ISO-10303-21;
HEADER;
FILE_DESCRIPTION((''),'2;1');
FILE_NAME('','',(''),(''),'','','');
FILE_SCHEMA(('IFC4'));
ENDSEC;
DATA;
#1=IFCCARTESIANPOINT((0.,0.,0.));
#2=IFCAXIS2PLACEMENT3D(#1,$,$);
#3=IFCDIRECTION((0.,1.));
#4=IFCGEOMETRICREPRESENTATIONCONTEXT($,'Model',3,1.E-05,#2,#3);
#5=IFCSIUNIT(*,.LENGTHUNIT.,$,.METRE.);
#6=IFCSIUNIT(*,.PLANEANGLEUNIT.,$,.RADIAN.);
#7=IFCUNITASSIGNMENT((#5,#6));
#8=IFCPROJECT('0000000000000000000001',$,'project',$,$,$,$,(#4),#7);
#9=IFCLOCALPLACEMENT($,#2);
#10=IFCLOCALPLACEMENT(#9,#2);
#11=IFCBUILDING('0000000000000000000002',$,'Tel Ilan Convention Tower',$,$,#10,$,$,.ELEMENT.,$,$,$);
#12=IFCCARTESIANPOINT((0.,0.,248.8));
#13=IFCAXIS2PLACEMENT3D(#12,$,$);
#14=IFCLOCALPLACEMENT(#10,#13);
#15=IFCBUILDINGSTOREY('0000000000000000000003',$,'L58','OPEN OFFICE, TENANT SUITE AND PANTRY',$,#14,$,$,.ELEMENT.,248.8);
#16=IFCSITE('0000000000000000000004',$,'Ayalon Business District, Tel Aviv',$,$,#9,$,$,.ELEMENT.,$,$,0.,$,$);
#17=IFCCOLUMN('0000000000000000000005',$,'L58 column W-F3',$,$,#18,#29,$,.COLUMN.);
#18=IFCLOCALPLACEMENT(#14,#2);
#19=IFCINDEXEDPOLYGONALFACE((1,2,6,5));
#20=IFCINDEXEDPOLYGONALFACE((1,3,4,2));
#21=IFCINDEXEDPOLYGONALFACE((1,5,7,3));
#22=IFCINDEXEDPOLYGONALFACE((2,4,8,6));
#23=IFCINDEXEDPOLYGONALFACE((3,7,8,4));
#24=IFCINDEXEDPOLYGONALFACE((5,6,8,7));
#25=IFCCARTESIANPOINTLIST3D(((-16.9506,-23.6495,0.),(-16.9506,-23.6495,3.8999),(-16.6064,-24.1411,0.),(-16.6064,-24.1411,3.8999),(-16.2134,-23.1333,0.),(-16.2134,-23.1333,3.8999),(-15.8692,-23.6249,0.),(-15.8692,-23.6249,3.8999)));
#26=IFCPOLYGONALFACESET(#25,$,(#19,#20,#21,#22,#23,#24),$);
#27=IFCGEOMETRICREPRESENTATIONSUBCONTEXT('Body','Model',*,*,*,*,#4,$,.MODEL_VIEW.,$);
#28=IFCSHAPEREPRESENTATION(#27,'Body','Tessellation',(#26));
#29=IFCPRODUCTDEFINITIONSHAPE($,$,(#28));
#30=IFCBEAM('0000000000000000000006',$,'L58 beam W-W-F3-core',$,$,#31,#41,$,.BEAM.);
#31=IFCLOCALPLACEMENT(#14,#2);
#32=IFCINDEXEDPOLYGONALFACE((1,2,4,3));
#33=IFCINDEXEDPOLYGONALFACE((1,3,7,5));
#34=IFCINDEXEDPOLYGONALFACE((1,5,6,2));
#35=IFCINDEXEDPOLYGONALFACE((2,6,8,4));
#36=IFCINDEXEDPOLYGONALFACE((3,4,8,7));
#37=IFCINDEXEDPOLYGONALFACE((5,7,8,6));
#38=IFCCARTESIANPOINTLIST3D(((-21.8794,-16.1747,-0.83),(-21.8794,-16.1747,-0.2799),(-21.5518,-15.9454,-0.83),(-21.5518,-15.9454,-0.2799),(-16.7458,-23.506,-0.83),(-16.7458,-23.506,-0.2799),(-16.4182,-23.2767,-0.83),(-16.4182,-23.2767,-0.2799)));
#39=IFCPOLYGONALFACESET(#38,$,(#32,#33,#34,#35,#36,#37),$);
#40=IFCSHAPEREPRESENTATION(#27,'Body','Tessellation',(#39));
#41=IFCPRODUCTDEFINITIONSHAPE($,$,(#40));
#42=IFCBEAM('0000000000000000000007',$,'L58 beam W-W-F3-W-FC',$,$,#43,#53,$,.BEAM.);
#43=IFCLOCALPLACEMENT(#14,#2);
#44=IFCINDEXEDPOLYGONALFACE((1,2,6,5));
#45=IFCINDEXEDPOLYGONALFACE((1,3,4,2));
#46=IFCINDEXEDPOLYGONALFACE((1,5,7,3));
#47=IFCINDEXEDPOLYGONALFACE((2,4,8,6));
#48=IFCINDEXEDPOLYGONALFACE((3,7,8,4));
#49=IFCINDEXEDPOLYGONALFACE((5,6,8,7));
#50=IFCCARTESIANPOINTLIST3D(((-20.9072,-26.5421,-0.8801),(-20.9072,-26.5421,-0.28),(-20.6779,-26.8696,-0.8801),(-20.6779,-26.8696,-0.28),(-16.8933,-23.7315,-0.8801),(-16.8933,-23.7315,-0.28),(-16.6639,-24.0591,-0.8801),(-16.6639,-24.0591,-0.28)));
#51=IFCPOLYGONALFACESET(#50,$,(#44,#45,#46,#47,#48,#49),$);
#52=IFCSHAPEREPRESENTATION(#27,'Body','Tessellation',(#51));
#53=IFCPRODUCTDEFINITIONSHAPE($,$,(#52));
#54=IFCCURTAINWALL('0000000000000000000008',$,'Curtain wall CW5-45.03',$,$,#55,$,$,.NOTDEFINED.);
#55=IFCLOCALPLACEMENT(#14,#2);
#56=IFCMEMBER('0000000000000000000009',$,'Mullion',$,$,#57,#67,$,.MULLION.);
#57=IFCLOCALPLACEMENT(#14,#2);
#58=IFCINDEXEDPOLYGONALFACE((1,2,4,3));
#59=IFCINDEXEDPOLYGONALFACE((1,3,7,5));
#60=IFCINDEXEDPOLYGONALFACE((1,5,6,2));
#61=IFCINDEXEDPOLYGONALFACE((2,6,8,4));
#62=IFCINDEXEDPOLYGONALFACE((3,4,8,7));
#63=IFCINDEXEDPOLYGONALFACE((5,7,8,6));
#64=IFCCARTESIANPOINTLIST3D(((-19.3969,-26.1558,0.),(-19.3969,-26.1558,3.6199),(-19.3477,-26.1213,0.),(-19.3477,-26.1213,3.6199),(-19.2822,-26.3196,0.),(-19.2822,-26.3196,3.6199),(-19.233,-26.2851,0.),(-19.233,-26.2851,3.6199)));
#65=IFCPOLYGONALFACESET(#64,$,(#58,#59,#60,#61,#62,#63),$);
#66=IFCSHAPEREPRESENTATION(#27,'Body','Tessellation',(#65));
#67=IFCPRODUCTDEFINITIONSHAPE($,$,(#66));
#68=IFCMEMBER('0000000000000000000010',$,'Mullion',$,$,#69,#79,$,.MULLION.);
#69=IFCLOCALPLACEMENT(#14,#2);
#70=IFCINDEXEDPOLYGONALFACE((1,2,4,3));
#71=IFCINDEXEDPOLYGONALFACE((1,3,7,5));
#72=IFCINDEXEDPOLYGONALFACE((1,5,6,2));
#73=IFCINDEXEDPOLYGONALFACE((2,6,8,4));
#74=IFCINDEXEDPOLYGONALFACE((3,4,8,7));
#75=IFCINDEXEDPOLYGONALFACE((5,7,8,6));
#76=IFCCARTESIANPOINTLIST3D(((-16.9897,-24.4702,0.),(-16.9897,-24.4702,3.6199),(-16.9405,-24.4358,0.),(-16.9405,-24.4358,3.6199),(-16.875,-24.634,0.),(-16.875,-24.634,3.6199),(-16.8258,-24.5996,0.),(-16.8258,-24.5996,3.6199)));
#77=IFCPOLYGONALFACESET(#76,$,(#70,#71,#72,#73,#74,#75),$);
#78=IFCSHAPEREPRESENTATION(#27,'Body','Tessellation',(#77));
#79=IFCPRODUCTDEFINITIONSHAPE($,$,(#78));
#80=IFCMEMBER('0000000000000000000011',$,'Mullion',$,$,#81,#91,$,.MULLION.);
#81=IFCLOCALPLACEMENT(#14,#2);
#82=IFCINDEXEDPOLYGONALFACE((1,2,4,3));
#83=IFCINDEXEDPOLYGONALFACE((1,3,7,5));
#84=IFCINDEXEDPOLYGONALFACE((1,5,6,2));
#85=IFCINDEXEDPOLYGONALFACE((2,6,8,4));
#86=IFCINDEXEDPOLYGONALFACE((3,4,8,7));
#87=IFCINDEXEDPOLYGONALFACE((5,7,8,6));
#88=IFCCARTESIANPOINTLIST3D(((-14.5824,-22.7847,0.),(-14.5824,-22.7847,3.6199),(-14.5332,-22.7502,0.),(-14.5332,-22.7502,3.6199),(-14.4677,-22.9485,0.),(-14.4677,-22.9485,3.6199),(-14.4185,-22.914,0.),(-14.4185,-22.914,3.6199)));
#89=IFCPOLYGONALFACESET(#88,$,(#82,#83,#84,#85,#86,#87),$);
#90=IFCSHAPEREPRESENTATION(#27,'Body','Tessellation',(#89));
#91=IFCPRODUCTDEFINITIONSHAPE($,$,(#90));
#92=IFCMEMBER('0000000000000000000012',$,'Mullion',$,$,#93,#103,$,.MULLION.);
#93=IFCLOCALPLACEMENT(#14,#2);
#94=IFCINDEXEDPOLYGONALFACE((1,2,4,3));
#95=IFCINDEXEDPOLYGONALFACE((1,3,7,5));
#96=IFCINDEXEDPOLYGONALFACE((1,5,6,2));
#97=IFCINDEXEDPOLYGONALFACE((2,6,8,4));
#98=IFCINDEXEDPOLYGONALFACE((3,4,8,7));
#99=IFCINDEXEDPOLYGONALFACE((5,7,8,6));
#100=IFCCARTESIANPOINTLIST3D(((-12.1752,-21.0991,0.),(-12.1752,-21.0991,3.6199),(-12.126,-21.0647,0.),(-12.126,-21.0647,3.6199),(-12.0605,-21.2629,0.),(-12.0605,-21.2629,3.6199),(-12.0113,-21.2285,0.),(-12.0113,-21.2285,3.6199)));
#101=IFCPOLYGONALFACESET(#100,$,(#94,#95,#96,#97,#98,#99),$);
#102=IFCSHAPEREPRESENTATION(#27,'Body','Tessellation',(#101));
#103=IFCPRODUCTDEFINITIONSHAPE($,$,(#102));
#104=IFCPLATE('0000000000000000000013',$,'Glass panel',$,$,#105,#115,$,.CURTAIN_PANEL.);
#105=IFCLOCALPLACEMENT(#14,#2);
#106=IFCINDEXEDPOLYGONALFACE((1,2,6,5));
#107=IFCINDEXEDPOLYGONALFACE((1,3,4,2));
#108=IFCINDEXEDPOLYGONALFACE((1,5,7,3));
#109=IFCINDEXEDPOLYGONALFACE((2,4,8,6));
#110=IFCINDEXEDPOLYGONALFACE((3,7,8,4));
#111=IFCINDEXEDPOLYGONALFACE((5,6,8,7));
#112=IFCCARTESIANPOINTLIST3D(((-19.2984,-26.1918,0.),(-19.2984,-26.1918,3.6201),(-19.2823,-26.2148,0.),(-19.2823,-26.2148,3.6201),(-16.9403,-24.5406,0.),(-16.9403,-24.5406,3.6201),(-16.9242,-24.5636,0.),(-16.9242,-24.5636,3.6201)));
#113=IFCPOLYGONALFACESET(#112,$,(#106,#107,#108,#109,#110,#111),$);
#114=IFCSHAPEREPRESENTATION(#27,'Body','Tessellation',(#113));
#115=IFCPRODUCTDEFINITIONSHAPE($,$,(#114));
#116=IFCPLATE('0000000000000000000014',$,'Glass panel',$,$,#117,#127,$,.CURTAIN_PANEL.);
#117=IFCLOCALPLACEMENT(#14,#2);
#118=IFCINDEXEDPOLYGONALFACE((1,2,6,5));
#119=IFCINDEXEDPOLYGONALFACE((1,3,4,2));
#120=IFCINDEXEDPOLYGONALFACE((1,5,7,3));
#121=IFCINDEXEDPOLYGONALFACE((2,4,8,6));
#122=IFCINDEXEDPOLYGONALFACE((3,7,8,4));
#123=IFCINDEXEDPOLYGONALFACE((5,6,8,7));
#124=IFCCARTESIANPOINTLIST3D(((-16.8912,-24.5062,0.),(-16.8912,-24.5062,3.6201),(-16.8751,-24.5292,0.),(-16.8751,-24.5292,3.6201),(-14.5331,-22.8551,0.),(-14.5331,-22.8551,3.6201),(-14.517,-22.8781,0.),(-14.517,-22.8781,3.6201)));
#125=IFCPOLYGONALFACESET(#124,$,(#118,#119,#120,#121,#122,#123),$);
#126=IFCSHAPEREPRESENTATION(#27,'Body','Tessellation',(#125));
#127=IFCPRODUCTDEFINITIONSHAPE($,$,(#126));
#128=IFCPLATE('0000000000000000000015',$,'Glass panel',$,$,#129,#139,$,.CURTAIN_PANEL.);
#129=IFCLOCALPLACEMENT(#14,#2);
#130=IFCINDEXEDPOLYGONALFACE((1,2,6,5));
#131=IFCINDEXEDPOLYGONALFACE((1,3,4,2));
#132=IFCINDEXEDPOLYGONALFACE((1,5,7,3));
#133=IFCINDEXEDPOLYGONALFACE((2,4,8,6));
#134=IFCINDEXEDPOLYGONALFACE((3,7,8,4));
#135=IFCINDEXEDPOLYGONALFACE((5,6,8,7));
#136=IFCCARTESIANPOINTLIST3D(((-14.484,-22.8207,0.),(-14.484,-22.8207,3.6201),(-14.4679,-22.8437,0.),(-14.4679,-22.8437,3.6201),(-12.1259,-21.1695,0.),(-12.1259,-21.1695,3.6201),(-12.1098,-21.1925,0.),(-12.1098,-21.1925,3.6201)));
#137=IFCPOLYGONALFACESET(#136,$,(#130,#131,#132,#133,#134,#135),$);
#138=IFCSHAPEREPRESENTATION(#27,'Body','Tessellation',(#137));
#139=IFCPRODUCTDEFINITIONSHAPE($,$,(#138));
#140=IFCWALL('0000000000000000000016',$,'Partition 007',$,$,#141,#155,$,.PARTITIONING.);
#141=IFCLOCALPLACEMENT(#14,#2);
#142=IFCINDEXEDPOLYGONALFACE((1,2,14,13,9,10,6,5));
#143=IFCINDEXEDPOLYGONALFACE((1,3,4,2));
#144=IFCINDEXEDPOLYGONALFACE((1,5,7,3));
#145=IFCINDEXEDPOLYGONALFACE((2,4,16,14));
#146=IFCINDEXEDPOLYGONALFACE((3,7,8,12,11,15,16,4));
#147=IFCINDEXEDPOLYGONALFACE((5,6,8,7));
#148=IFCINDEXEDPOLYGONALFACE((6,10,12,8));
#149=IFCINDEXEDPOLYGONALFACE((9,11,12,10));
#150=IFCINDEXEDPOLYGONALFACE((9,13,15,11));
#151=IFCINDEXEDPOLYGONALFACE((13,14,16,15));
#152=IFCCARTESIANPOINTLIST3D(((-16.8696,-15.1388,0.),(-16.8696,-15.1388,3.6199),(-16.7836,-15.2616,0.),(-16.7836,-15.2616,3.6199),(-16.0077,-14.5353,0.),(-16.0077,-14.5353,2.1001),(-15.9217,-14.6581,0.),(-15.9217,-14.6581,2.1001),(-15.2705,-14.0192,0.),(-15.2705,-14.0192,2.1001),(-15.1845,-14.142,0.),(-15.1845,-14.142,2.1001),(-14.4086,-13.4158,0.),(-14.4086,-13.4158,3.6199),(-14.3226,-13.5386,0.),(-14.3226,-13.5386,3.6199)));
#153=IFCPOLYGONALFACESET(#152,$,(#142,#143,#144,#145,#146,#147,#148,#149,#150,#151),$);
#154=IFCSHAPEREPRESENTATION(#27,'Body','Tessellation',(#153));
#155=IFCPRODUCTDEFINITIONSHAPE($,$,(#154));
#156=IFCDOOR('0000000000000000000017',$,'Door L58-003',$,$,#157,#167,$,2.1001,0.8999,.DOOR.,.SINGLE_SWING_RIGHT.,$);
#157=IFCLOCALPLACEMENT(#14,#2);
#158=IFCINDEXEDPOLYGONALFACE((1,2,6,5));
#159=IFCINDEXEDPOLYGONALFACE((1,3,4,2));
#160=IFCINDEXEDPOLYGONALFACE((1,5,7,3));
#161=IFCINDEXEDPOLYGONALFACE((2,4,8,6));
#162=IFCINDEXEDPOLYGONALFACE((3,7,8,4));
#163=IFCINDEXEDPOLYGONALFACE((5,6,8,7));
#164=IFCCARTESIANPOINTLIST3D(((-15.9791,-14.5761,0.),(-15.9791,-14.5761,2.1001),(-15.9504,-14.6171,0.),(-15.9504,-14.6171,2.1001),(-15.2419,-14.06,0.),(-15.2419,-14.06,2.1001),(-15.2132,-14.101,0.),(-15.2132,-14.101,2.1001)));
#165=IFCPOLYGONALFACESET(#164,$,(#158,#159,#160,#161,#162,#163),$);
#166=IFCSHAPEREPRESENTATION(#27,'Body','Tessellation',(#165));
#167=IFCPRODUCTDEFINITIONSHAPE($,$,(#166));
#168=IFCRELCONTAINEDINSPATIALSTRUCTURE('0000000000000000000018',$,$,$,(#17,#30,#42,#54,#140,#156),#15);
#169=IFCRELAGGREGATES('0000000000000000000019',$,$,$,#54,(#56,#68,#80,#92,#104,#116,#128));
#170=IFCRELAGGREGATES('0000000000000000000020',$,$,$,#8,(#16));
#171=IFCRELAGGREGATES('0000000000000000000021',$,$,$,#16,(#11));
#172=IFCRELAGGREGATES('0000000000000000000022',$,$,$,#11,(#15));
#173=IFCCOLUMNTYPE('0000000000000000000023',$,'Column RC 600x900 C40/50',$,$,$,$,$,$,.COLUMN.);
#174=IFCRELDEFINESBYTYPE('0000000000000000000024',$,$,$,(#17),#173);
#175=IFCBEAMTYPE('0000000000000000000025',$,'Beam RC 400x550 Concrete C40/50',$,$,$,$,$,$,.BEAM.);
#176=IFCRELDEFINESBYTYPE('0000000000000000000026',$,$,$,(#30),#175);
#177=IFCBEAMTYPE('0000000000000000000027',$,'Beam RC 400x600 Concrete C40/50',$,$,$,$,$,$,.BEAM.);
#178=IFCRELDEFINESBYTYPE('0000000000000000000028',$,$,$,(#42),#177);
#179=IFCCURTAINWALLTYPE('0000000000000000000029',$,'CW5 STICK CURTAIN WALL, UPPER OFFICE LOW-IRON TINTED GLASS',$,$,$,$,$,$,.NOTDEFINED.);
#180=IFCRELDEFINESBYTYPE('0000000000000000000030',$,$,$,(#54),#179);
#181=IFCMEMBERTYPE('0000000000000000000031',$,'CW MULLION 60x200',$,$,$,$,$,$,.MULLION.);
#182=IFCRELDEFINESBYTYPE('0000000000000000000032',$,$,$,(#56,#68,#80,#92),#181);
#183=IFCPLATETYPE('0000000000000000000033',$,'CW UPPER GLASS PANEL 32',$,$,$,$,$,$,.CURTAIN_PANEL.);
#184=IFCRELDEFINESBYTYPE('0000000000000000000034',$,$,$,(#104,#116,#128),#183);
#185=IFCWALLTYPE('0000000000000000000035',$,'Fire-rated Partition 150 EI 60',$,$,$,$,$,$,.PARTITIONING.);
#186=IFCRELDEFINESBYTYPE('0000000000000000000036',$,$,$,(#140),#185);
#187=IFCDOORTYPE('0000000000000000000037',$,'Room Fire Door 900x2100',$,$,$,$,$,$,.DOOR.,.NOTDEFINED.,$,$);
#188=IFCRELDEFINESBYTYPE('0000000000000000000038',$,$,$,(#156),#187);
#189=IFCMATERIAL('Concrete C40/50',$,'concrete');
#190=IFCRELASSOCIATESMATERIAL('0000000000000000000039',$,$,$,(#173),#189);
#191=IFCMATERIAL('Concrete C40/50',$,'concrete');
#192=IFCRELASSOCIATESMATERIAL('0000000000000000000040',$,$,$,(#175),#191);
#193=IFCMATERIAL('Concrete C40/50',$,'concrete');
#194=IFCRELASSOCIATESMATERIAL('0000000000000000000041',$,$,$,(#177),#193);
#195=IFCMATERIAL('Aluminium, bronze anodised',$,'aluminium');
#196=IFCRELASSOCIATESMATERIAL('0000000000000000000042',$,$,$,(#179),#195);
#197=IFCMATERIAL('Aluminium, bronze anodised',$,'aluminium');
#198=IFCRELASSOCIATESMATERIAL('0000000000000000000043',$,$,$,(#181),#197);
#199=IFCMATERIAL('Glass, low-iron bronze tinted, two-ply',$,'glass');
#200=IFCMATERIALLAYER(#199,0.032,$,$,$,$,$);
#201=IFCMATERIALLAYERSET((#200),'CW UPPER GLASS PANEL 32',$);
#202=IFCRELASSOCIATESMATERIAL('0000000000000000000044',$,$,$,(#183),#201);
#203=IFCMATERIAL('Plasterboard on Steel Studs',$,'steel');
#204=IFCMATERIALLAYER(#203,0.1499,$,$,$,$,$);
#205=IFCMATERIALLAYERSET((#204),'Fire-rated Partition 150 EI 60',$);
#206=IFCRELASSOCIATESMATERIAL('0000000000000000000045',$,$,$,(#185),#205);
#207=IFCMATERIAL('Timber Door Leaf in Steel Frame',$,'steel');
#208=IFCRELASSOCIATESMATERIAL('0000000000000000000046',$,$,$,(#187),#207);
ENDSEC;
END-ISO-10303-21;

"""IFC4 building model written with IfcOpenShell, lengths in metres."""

from ifc_helpers import new_model, si_unit, direction, frame, frame_2d, origin, origin_2d, place, context, subcontext, project, spatial, rectangle, extrude, material, layer, layer_set, material_profile, profile_set, type_object, element, fill, aggregate, save


model = new_model("IFC4")

# Units and contexts
model_context = context("Model", 3, precision=1e-05, world=origin(), true_north=direction((0.0, 1.0)))
body_context = subcontext(model_context, "Body", "Model", "MODEL_VIEW")
ifc_project = project(units=[si_unit("LENGTHUNIT", "METRE"), si_unit("PLANEANGLEUNIT", "RADIAN")], contexts=[model_context])

# Site, building, storey
site_placement = place(None, origin())
site = spatial("IfcSite", under=ifc_project, at=site_placement, Name="Ayalon Business District, Tel Aviv", CompositionType="ELEMENT", RefElevation=0.0)
building_placement = place(site_placement, origin())
building = spatial("IfcBuilding", under=site, at=building_placement, Name="Tel Ilan Convention Tower", CompositionType="ELEMENT")
storey_placement = place(building_placement, frame((0.0, 0.0, 248.8)))
storey = spatial("IfcBuildingStorey", under=building, at=storey_placement, Name="L58", Description="OPEN OFFICE, TENANT SUITE AND PANTRY", CompositionType="ELEMENT", Elevation=248.8)

# Column
ifc_material_1 = material(Name="Concrete C40/50", Category="concrete")
ifc_material_profile_1 = material_profile(ifc_material_1, rectangle(XDim=0.8999, YDim=0.6001, at=origin_2d()), Name="RC 600x900")
ifc_profile_set_1 = profile_set([ifc_material_profile_1], Name="Concrete C40/50")
column_type = type_object("IfcColumnType", Name="Column RC 600x900 C40/50", PredefinedType="COLUMN", material=ifc_profile_set_1)
column_placement = place(storey_placement, frame((-16.4099, -23.6372, 0.0), z_axis=(0.0, 0.0, 1.0), x_axis=(-0.819152, -0.573576, 0.0)))
element("IfcColumn", 1, at=column_placement, inside=storey, type_object=column_type, Name="L58 column W-F3", PredefinedType="COLUMN", context=body_context, shape_type="SweptSolid", body=[
    extrude(rectangle(XDim=0.8999, YDim=0.6001, at=origin_2d()), origin(), (0.0, 0.0, 1.0), 3.8999),
])

# Beams
ifc_material_2 = material(Name="Concrete C40/50", Category="concrete")
ifc_material_profile_2 = material_profile(ifc_material_2, rectangle(XDim=0.3999, YDim=0.55, at=origin_2d()), Name="RC 400x550")
ifc_profile_set_2 = profile_set([ifc_material_profile_2], Name="Concrete C40/50")
beam_type_1 = type_object("IfcBeamType", Name="Beam RC 400x550 Concrete C40/50", PredefinedType="BEAM", material=ifc_profile_set_2)
beam_1_placement = place(storey_placement, frame((-16.582, -23.3914, -0.5549), z_axis=(-0.573585, 0.819146, 0.0), x_axis=(-0.819146, -0.573585, 0.0)))
element("IfcBeam", 2, at=beam_1_placement, inside=storey, type_object=beam_type_1, Name="L58 beam W-W-F3-core", PredefinedType="BEAM", context=body_context, shape_type="SweptSolid", body=[
    extrude(rectangle(XDim=0.3999, YDim=0.55, at=origin_2d()), origin(), (0.0, 0.0, 1.0), 8.95),
])
ifc_material_3 = material(Name="Concrete C40/50", Category="concrete")
ifc_material_profile_3 = material_profile(ifc_material_3, rectangle(XDim=0.3999, YDim=0.6001, at=origin_2d()), Name="RC 400x600")
ifc_profile_set_3 = profile_set([ifc_material_profile_3], Name="Concrete C40/50")
beam_type_2 = type_object("IfcBeamType", Name="Beam RC 400x600 Concrete C40/50", PredefinedType="BEAM", material=ifc_profile_set_3)
beam_2_placement = place(storey_placement, frame((-16.7786, -23.8953, -0.5801), z_axis=(-0.819155, -0.573573, 0.0), x_axis=(0.573573, -0.819155, 0.0)))
element("IfcBeam", 3, at=beam_2_placement, inside=storey, type_object=beam_type_2, Name="L58 beam W-W-F3-W-FC", PredefinedType="BEAM", context=body_context, shape_type="SweptSolid", body=[
    extrude(rectangle(XDim=0.3999, YDim=0.6001, at=origin_2d()), origin(), (0.0, 0.0, 1.0), 4.9001),
])

# Curtain wall, members, plates
ifc_material_4 = material(Name="Aluminium, bronze anodised", Category="aluminium")
curtain_wall_type = type_object("IfcCurtainWallType", Name="CW5 STICK CURTAIN WALL, UPPER OFFICE LOW-IRON TINTED GLASS", PredefinedType="NOTDEFINED", material=ifc_material_4)
curtain_wall_placement = place(storey_placement, origin())
curtain_wall = element("IfcCurtainWall", 4, at=curtain_wall_placement, inside=storey, type_object=curtain_wall_type, Name="Curtain wall CW5-45.03", PredefinedType="NOTDEFINED")
ifc_material_5 = material(Name="Aluminium, bronze anodised", Category="aluminium")
ifc_material_profile_4 = material_profile(ifc_material_5, rectangle(XDim=0.0601, YDim=0.2, at=origin_2d()), Name="CW MULLION 60x200")
ifc_profile_set_4 = profile_set([ifc_material_profile_4], Name="Aluminium, bronze anodised")
member_type = type_object("IfcMemberType", Name="CW MULLION 60x200", PredefinedType="MULLION", material=ifc_profile_set_4)
member_1_placement = place(storey_placement, frame((-19.3149, -26.2205, 0.0), z_axis=(0.0, 0.0, 1.0), x_axis=(0.819152, 0.573576, 0.0)))
member_1 = element("IfcMember", 5, at=member_1_placement, type_object=member_type, Name="Mullion", PredefinedType="MULLION", context=body_context, shape_type="SweptSolid", body=[
    extrude(rectangle(XDim=0.0601, YDim=0.2, at=origin_2d()), origin(), (0.0, 0.0, 1.0), 3.6199),
])
member_2_placement = place(storey_placement, frame((-16.9077, -24.5349, 0.0), z_axis=(0.0, 0.0, 1.0), x_axis=(0.819152, 0.573576, 0.0)))
member_2 = element("IfcMember", 6, at=member_2_placement, type_object=member_type, Name="Mullion", PredefinedType="MULLION", context=body_context, shape_type="SweptSolid", body=[
    extrude(rectangle(XDim=0.0601, YDim=0.2, at=origin_2d()), origin(), (0.0, 0.0, 1.0), 3.6199),
])
member_3_placement = place(storey_placement, frame((-14.5005, -22.8494, 0.0), z_axis=(0.0, 0.0, 1.0), x_axis=(0.819152, 0.573576, 0.0)))
member_3 = element("IfcMember", 7, at=member_3_placement, type_object=member_type, Name="Mullion", PredefinedType="MULLION", context=body_context, shape_type="SweptSolid", body=[
    extrude(rectangle(XDim=0.0601, YDim=0.2, at=origin_2d()), origin(), (0.0, 0.0, 1.0), 3.6199),
])
member_4_placement = place(storey_placement, frame((-12.0933, -21.1638, 0.0), z_axis=(0.0, 0.0, 1.0), x_axis=(0.819152, 0.573576, 0.0)))
member_4 = element("IfcMember", 8, at=member_4_placement, type_object=member_type, Name="Mullion", PredefinedType="MULLION", context=body_context, shape_type="SweptSolid", body=[
    extrude(rectangle(XDim=0.0601, YDim=0.2, at=origin_2d()), origin(), (0.0, 0.0, 1.0), 3.6199),
])
ifc_material_6 = material(Name="Glass, low-iron bronze tinted, two-ply", Category="glass")
ifc_layer_1 = layer(ifc_material_6, 0.032)
ifc_layer_set_1 = layer_set([ifc_layer_1], Name="CW UPPER GLASS PANEL 32")
plate_type = type_object("IfcPlateType", Name="CW UPPER GLASS PANEL 32", PredefinedType="CURTAIN_PANEL", material=ifc_layer_set_1)
plate_1_placement = place(storey_placement, frame((-18.1113, -25.3777, 0.0), z_axis=(0.0, 0.0, 1.0), x_axis=(0.819152, 0.573576, 0.0)))
plate_1 = element("IfcPlate", 9, at=plate_1_placement, type_object=plate_type, Name="Glass panel", PredefinedType="CURTAIN_PANEL", context=body_context, shape_type="SweptSolid", body=[
    extrude(rectangle(XDim=2.8787, YDim=0.0281, at=origin_2d()), origin(), (0.0, 0.0, 1.0), 3.6201),
])
plate_2_placement = place(storey_placement, frame((-15.7041, -23.6921, 0.0), z_axis=(0.0, 0.0, 1.0), x_axis=(0.819152, 0.573576, 0.0)))
plate_2 = element("IfcPlate", 10, at=plate_2_placement, type_object=plate_type, Name="Glass panel", PredefinedType="CURTAIN_PANEL", context=body_context, shape_type="SweptSolid", body=[
    extrude(rectangle(XDim=2.8787, YDim=0.0281, at=origin_2d()), origin(), (0.0, 0.0, 1.0), 3.6201),
])
plate_3_placement = place(storey_placement, frame((-13.2969, -22.0066, 0.0), z_axis=(0.0, 0.0, 1.0), x_axis=(0.819152, 0.573576, 0.0)))
plate_3 = element("IfcPlate", 11, at=plate_3_placement, type_object=plate_type, Name="Glass panel", PredefinedType="CURTAIN_PANEL", context=body_context, shape_type="SweptSolid", body=[
    extrude(rectangle(XDim=2.8787, YDim=0.0281, at=origin_2d()), origin(), (0.0, 0.0, 1.0), 3.6201),
])
aggregate(curtain_wall, [member_1, member_2, member_3, member_4, plate_1, plate_2, plate_3])

# Wall, opening, door
ifc_material_7 = material(Name="Plasterboard on Steel Studs", Category="steel")
ifc_layer_2 = layer(ifc_material_7, 0.1499)
ifc_layer_set_2 = layer_set([ifc_layer_2], Name="Fire-rated Partition 150 EI 60")
wall_type_1 = type_object("IfcWallType", Name="Fire-rated Partition 150 EI 60", PredefinedType="PARTITIONING", material=ifc_layer_set_2)
wall_1_placement = place(storey_placement, frame((-14.3657, -13.4773, 0.0), z_axis=(0.0, 0.0, 1.0), x_axis=(-0.819194, -0.573517, 0.0)))
wall_1 = element("IfcWall", 12, at=wall_1_placement, inside=storey, type_object=wall_type_1, Name="Partition 007", PredefinedType="PARTITIONING", context=body_context, shape_type="SweptSolid", body=[
    extrude(rectangle(XDim=3.0042, YDim=0.1499, at=frame_2d((1.502, 0.0))), origin(), (0.0, 0.0, 1.0), 3.6199),
])
opening_1_placement = place(wall_1_placement, frame((1.052, 0.0, 0.0)))
opening_1 = element("IfcOpeningElement", 13, at=opening_1_placement, cuts=wall_1, PredefinedType="OPENING", context=body_context, shape_type="SweptSolid", body=[
    extrude(rectangle(XDim=0.8999, YDim=2.1001, at=frame_2d((0.45, 1.05))), frame((0.0, 0.085, 0.0), z_axis=(0.0, -1.0, 0.0), x_axis=(1.0, 0.0, 0.0)), (0.0, 0.0, 1.0), 0.1699),
])
ifc_material_8 = material(Name="Timber Door Leaf in Steel Frame", Category="steel")
door_type_1 = type_object("IfcDoorType", Name="Room Fire Door 900x2100", OperationType="NOTDEFINED", PredefinedType="DOOR", material=ifc_material_8)
door_1_placement = place(opening_1_placement, origin())
door_1 = element("IfcDoor", 14, at=door_1_placement, inside=storey, type_object=door_type_1, Name="Door L58-003", OperationType="SINGLE_SWING_RIGHT", OverallHeight=2.1001, OverallWidth=0.8999, PredefinedType="DOOR", context=body_context, shape_type="SweptSolid", body=[
    extrude(rectangle(XDim=0.8999, YDim=2.1001, at=frame_2d((0.45, 1.05))), frame((0.0, 0.0249, 0.0), z_axis=(0.0, -1.0, 0.0), x_axis=(1.0, 0.0, 0.0)), (0.0, 0.0, 1.0), 0.05),
])
fill(opening_1, door_1)

save(model, "model.ifc")
